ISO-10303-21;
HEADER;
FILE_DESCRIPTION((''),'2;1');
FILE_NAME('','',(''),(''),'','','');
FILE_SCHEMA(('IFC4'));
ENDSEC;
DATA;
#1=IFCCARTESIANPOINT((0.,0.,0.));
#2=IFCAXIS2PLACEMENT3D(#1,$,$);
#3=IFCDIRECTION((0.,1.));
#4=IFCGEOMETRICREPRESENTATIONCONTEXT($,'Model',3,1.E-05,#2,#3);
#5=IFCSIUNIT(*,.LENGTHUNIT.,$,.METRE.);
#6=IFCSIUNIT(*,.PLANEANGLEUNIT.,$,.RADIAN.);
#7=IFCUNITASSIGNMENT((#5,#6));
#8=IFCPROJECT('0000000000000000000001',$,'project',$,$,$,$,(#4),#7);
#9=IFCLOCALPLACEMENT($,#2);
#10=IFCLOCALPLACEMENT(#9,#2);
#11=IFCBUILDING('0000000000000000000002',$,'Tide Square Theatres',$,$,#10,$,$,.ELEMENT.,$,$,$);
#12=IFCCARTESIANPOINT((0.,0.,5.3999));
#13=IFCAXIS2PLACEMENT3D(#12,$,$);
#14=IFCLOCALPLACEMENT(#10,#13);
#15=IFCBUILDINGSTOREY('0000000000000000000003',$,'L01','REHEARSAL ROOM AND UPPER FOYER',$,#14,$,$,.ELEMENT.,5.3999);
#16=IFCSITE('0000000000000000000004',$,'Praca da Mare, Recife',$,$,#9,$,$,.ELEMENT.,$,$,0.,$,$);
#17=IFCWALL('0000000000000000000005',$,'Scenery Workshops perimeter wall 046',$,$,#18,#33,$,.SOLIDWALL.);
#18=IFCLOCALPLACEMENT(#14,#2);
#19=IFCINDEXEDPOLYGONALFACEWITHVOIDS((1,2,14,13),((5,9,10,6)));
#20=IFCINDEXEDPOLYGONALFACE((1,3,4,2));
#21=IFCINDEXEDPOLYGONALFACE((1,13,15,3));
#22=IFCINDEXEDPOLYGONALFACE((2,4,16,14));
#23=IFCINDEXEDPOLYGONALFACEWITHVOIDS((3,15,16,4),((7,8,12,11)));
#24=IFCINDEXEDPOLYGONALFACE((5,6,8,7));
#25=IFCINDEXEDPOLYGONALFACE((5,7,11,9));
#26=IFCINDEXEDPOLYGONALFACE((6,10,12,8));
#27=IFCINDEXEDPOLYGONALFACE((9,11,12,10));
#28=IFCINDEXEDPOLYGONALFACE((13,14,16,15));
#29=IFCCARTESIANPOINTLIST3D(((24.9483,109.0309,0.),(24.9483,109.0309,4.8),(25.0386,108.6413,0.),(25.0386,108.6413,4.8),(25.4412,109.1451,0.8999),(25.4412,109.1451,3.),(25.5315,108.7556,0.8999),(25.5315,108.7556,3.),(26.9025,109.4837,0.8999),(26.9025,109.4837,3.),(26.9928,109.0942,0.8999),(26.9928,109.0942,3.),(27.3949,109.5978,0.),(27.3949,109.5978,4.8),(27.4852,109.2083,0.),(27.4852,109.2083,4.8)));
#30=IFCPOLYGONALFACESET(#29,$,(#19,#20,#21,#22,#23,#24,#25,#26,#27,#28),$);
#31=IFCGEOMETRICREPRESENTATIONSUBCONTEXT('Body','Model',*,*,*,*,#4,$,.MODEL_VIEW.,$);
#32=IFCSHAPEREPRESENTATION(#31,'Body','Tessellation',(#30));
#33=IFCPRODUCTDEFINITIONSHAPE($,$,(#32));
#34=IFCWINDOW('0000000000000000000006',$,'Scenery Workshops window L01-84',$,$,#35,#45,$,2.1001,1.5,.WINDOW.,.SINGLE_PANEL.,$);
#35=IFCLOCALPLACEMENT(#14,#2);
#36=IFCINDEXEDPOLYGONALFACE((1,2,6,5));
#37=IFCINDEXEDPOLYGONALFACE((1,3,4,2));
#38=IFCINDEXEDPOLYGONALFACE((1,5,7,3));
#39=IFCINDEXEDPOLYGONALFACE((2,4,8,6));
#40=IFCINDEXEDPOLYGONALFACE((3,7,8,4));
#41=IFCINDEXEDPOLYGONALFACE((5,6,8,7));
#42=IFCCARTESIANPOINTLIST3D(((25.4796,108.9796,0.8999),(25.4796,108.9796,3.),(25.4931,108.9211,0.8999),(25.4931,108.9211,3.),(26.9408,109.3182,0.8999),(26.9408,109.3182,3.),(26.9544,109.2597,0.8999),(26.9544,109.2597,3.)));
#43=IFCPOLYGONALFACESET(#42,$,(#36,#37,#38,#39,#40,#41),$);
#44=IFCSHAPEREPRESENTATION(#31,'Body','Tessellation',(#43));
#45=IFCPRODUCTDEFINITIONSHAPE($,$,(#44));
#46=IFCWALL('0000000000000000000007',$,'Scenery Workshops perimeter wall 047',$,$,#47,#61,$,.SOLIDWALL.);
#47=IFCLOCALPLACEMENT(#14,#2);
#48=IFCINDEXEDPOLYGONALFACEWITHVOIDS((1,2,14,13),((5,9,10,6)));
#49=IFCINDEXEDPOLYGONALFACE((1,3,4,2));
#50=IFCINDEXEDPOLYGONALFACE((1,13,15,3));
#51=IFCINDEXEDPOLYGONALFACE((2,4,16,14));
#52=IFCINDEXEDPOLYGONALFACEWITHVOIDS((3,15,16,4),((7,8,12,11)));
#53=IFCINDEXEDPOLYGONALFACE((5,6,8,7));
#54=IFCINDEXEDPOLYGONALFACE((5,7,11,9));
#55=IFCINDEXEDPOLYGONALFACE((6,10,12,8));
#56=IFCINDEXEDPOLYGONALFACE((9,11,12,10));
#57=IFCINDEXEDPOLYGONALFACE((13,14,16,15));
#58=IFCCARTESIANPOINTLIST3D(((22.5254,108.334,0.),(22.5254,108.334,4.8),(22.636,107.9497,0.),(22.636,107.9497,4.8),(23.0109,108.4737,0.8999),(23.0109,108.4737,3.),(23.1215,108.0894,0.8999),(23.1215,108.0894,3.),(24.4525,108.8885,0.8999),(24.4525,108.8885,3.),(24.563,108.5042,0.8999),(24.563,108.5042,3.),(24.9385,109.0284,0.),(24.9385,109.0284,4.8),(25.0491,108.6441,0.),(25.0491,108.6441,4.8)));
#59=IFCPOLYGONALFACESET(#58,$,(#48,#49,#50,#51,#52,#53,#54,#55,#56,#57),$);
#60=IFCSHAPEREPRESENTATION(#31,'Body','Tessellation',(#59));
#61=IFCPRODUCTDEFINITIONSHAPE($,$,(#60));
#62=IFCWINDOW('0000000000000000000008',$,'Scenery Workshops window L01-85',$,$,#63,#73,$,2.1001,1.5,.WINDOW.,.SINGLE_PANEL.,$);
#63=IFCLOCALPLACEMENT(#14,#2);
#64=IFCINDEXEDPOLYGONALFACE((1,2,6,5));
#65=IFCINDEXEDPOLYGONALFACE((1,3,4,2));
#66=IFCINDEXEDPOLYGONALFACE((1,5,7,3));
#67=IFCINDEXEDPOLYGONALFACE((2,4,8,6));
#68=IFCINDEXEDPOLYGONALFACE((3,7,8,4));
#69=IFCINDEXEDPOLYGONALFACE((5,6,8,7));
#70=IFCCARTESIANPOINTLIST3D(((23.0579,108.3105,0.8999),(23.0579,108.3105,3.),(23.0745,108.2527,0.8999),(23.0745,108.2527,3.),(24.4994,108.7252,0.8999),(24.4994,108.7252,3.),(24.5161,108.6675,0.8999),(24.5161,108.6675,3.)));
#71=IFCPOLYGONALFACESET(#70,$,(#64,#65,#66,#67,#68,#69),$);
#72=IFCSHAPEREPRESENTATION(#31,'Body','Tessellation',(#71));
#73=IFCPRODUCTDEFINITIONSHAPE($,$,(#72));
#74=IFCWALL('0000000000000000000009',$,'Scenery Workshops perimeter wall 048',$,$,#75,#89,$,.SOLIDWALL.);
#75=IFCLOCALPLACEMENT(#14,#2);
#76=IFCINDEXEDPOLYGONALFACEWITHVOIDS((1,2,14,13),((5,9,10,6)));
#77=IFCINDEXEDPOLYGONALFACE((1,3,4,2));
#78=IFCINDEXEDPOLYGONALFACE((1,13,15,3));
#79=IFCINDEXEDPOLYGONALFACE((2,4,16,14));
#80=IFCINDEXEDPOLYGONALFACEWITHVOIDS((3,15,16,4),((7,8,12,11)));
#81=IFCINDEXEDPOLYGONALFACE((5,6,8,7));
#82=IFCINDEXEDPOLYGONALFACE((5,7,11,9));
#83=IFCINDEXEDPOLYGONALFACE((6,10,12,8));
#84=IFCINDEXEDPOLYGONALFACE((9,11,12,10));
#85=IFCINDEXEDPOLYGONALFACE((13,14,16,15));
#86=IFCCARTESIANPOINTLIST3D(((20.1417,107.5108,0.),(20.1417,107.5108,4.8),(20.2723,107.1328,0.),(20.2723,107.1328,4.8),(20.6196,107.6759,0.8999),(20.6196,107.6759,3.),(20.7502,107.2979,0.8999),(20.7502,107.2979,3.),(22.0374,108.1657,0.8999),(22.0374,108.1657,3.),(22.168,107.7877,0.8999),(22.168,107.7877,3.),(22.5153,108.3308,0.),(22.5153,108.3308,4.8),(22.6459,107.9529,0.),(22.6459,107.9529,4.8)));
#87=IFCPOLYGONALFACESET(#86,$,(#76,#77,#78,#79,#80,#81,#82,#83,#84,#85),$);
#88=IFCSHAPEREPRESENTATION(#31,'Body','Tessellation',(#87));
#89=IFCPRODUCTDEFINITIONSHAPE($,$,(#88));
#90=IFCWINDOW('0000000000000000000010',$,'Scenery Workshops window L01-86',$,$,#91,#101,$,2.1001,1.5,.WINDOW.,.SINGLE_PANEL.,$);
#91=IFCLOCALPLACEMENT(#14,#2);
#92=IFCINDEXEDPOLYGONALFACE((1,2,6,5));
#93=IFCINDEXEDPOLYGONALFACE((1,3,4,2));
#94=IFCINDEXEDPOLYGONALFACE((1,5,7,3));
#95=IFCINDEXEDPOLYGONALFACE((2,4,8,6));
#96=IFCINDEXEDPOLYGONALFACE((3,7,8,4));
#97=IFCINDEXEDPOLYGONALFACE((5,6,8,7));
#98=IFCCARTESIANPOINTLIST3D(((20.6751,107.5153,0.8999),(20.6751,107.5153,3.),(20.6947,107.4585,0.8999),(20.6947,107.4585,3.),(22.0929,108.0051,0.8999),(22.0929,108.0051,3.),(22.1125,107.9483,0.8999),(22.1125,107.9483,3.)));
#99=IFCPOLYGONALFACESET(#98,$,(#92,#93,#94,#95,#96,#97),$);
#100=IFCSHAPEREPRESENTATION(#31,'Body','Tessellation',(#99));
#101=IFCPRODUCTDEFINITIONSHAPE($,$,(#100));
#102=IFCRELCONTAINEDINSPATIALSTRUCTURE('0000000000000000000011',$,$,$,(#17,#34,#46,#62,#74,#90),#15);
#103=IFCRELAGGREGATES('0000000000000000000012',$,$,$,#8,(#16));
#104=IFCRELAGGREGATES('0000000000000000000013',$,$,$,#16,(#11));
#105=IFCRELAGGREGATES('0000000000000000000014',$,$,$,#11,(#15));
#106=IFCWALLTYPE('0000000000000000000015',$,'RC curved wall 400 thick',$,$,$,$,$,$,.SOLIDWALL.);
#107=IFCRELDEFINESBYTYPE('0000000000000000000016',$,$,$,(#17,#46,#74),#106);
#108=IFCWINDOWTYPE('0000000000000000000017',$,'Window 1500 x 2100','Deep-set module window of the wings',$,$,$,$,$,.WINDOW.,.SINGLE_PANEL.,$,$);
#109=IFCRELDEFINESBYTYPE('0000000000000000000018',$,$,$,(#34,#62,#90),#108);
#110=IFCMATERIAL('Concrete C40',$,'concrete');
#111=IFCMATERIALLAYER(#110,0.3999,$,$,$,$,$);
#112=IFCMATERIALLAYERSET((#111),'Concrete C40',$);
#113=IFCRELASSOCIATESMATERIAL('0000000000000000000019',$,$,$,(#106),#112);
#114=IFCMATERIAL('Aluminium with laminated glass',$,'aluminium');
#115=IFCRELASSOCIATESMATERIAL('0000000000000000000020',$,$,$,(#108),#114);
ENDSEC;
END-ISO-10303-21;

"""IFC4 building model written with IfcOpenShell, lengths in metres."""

from ifc_helpers import new_model, si_unit, direction, frame, frame_2d, origin, place, context, subcontext, project, spatial, rectangle, extrude, material, layer, layer_set, type_object, element, fill, save


model = new_model("IFC4")

# Units and contexts
model_context = context("Model", 3, precision=1e-05, world=origin(), true_north=direction((0.0, 1.0)))
body_context = subcontext(model_context, "Body", "Model", "MODEL_VIEW")
ifc_project = project(units=[si_unit("LENGTHUNIT", "METRE"), si_unit("PLANEANGLEUNIT", "RADIAN")], contexts=[model_context])

# Site, building, storey
site_placement = place(None, origin())
site = spatial("IfcSite", under=ifc_project, at=site_placement, Name="Praca da Mare, Recife", CompositionType="ELEMENT", RefElevation=0.0)
building_placement = place(site_placement, origin())
building = spatial("IfcBuilding", under=site, at=building_placement, Name="Tide Square Theatres", CompositionType="ELEMENT")
storey_placement = place(building_placement, frame((0.0, 0.0, 5.3999)))
storey = spatial("IfcBuildingStorey", under=building, at=storey_placement, Name="L01", Description="REHEARSAL ROOM AND UPPER FOYER", CompositionType="ELEMENT", Elevation=5.3999)

# Walls, openings, windows
ifc_material_1 = material(Name="Concrete C40", Category="concrete")
ifc_layer = layer(ifc_material_1, 0.3999)
ifc_layer_set = layer_set([ifc_layer], Name="Concrete C40")
wall_type = type_object("IfcWallType", Name="RC curved wall 400 thick", PredefinedType="SOLIDWALL", material=ifc_layer_set)
ifc_material_2 = material(Name="Aluminium with laminated glass", Category="aluminium")
window_type = type_object("IfcWindowType", Name="Window 1500 x 2100", Description="Deep-set module window of the wings", PartitioningType="SINGLE_PANEL", PredefinedType="WINDOW", material=ifc_material_2)
wall_1_placement = place(storey_placement, frame((27.4402, 109.4031, 0.0), z_axis=(0.0, 0.0, 1.0), x_axis=(-0.974189, -0.225733, 0.0)))
wall_1 = element("IfcWall", 1, at=wall_1_placement, inside=storey, type_object=wall_type, Name="Scenery Workshops perimeter wall 046", PredefinedType="SOLIDWALL", context=body_context, shape_type="SweptSolid", body=[
    extrude(rectangle(XDim=2.5115, YDim=0.3999, at=frame_2d((1.2559, 0.0))), origin(), (0.0, 0.0, 1.0), 4.8),
])
opening_1_placement = place(wall_1_placement, frame((0.5056, 0.0, 0.8999)))
opening_1 = element("IfcOpeningElement", 2, at=opening_1_placement, cuts=wall_1, PredefinedType="OPENING", context=body_context, shape_type="SweptSolid", body=[
    extrude(rectangle(XDim=1.5, YDim=2.1001, at=frame_2d((0.75, 1.05))), frame((0.0, 0.21, 0.0), z_axis=(0.0, -1.0, 0.0), x_axis=(1.0, 0.0, 0.0)), (0.0, 0.0, 1.0), 0.4199),
])
window_1_placement = place(opening_1_placement, origin())
window_1 = element("IfcWindow", 3, at=window_1_placement, inside=storey, type_object=window_type, Name="Scenery Workshops window L01-84", OverallHeight=2.1001, OverallWidth=1.5, PartitioningType="SINGLE_PANEL", PredefinedType="WINDOW", context=body_context, shape_type="SweptSolid", body=[
    extrude(rectangle(XDim=1.5, YDim=2.1001, at=frame_2d((0.75, 1.05))), frame((0.0, 0.03, 0.0), z_axis=(0.0, -1.0, 0.0), x_axis=(1.0, 0.0, 0.0)), (0.0, 0.0, 1.0), 0.0601),
])
fill(opening_1, window_1)
wall_2_placement = place(storey_placement, frame((24.9937, 108.8362, 0.0), z_axis=(0.0, 0.0, 1.0), x_axis=(-0.961009, -0.276518, 0.0)))
wall_2 = element("IfcWall", 4, at=wall_2_placement, inside=storey, type_object=wall_type, Name="Scenery Workshops perimeter wall 047", PredefinedType="SOLIDWALL", context=body_context, shape_type="SweptSolid", body=[
    extrude(rectangle(XDim=2.511, YDim=0.3999, at=frame_2d((1.2554, 0.0))), origin(), (0.0, 0.0, 1.0), 4.8),
])
opening_2_placement = place(wall_2_placement, frame((0.5056, 0.0, 0.8999)))
opening_2 = element("IfcOpeningElement", 5, at=opening_2_placement, cuts=wall_2, PredefinedType="OPENING", context=body_context, shape_type="SweptSolid", body=[
    extrude(rectangle(XDim=1.5, YDim=2.1001, at=frame_2d((0.75, 1.05))), frame((0.0, 0.21, 0.0), z_axis=(0.0, -1.0, 0.0), x_axis=(1.0, 0.0, 0.0)), (0.0, 0.0, 1.0), 0.4199),
])
window_2_placement = place(opening_2_placement, origin())
window_2 = element("IfcWindow", 6, at=window_2_placement, inside=storey, type_object=window_type, Name="Scenery Workshops window L01-85", OverallHeight=2.1001, OverallWidth=1.5, PartitioningType="SINGLE_PANEL", PredefinedType="WINDOW", context=body_context, shape_type="SweptSolid", body=[
    extrude(rectangle(XDim=1.5, YDim=2.1001, at=frame_2d((0.75, 1.05))), frame((0.0, 0.03, 0.0), z_axis=(0.0, -1.0, 0.0), x_axis=(1.0, 0.0, 0.0)), (0.0, 0.0, 1.0), 0.0601),
])
fill(opening_2, window_2)
wall_3_placement = place(storey_placement, frame((22.5806, 108.1418, 0.0), z_axis=(0.0, 0.0, 1.0), x_axis=(-0.945175, -0.326563, 0.0)))
wall_3 = element("IfcWall", 7, at=wall_3_placement, inside=storey, type_object=wall_type, Name="Scenery Workshops perimeter wall 048", PredefinedType="SOLIDWALL", context=body_context, shape_type="SweptSolid", body=[
    extrude(rectangle(XDim=2.5112, YDim=0.3999, at=frame_2d((1.2556, 0.0))), origin(), (0.0, 0.0, 1.0), 4.8),
])
opening_3_placement = place(wall_3_placement, frame((0.5056, 0.0, 0.8999)))
opening_3 = element("IfcOpeningElement", 8, at=opening_3_placement, cuts=wall_3, PredefinedType="OPENING", context=body_context, shape_type="SweptSolid", body=[
    extrude(rectangle(XDim=1.5, YDim=2.1001, at=frame_2d((0.75, 1.05))), frame((0.0, 0.21, 0.0), z_axis=(0.0, -1.0, 0.0), x_axis=(1.0, 0.0, 0.0)), (0.0, 0.0, 1.0), 0.4199),
])
window_3_placement = place(opening_3_placement, origin())
window_3 = element("IfcWindow", 9, at=window_3_placement, inside=storey, type_object=window_type, Name="Scenery Workshops window L01-86", OverallHeight=2.1001, OverallWidth=1.5, PartitioningType="SINGLE_PANEL", PredefinedType="WINDOW", context=body_context, shape_type="SweptSolid", body=[
    extrude(rectangle(XDim=1.5, YDim=2.1001, at=frame_2d((0.75, 1.05))), frame((0.0, 0.03, 0.0), z_axis=(0.0, -1.0, 0.0), x_axis=(1.0, 0.0, 0.0)), (0.0, 0.0, 1.0), 0.0601),
])
fill(opening_3, window_3)

save(model, "model.ifc")
